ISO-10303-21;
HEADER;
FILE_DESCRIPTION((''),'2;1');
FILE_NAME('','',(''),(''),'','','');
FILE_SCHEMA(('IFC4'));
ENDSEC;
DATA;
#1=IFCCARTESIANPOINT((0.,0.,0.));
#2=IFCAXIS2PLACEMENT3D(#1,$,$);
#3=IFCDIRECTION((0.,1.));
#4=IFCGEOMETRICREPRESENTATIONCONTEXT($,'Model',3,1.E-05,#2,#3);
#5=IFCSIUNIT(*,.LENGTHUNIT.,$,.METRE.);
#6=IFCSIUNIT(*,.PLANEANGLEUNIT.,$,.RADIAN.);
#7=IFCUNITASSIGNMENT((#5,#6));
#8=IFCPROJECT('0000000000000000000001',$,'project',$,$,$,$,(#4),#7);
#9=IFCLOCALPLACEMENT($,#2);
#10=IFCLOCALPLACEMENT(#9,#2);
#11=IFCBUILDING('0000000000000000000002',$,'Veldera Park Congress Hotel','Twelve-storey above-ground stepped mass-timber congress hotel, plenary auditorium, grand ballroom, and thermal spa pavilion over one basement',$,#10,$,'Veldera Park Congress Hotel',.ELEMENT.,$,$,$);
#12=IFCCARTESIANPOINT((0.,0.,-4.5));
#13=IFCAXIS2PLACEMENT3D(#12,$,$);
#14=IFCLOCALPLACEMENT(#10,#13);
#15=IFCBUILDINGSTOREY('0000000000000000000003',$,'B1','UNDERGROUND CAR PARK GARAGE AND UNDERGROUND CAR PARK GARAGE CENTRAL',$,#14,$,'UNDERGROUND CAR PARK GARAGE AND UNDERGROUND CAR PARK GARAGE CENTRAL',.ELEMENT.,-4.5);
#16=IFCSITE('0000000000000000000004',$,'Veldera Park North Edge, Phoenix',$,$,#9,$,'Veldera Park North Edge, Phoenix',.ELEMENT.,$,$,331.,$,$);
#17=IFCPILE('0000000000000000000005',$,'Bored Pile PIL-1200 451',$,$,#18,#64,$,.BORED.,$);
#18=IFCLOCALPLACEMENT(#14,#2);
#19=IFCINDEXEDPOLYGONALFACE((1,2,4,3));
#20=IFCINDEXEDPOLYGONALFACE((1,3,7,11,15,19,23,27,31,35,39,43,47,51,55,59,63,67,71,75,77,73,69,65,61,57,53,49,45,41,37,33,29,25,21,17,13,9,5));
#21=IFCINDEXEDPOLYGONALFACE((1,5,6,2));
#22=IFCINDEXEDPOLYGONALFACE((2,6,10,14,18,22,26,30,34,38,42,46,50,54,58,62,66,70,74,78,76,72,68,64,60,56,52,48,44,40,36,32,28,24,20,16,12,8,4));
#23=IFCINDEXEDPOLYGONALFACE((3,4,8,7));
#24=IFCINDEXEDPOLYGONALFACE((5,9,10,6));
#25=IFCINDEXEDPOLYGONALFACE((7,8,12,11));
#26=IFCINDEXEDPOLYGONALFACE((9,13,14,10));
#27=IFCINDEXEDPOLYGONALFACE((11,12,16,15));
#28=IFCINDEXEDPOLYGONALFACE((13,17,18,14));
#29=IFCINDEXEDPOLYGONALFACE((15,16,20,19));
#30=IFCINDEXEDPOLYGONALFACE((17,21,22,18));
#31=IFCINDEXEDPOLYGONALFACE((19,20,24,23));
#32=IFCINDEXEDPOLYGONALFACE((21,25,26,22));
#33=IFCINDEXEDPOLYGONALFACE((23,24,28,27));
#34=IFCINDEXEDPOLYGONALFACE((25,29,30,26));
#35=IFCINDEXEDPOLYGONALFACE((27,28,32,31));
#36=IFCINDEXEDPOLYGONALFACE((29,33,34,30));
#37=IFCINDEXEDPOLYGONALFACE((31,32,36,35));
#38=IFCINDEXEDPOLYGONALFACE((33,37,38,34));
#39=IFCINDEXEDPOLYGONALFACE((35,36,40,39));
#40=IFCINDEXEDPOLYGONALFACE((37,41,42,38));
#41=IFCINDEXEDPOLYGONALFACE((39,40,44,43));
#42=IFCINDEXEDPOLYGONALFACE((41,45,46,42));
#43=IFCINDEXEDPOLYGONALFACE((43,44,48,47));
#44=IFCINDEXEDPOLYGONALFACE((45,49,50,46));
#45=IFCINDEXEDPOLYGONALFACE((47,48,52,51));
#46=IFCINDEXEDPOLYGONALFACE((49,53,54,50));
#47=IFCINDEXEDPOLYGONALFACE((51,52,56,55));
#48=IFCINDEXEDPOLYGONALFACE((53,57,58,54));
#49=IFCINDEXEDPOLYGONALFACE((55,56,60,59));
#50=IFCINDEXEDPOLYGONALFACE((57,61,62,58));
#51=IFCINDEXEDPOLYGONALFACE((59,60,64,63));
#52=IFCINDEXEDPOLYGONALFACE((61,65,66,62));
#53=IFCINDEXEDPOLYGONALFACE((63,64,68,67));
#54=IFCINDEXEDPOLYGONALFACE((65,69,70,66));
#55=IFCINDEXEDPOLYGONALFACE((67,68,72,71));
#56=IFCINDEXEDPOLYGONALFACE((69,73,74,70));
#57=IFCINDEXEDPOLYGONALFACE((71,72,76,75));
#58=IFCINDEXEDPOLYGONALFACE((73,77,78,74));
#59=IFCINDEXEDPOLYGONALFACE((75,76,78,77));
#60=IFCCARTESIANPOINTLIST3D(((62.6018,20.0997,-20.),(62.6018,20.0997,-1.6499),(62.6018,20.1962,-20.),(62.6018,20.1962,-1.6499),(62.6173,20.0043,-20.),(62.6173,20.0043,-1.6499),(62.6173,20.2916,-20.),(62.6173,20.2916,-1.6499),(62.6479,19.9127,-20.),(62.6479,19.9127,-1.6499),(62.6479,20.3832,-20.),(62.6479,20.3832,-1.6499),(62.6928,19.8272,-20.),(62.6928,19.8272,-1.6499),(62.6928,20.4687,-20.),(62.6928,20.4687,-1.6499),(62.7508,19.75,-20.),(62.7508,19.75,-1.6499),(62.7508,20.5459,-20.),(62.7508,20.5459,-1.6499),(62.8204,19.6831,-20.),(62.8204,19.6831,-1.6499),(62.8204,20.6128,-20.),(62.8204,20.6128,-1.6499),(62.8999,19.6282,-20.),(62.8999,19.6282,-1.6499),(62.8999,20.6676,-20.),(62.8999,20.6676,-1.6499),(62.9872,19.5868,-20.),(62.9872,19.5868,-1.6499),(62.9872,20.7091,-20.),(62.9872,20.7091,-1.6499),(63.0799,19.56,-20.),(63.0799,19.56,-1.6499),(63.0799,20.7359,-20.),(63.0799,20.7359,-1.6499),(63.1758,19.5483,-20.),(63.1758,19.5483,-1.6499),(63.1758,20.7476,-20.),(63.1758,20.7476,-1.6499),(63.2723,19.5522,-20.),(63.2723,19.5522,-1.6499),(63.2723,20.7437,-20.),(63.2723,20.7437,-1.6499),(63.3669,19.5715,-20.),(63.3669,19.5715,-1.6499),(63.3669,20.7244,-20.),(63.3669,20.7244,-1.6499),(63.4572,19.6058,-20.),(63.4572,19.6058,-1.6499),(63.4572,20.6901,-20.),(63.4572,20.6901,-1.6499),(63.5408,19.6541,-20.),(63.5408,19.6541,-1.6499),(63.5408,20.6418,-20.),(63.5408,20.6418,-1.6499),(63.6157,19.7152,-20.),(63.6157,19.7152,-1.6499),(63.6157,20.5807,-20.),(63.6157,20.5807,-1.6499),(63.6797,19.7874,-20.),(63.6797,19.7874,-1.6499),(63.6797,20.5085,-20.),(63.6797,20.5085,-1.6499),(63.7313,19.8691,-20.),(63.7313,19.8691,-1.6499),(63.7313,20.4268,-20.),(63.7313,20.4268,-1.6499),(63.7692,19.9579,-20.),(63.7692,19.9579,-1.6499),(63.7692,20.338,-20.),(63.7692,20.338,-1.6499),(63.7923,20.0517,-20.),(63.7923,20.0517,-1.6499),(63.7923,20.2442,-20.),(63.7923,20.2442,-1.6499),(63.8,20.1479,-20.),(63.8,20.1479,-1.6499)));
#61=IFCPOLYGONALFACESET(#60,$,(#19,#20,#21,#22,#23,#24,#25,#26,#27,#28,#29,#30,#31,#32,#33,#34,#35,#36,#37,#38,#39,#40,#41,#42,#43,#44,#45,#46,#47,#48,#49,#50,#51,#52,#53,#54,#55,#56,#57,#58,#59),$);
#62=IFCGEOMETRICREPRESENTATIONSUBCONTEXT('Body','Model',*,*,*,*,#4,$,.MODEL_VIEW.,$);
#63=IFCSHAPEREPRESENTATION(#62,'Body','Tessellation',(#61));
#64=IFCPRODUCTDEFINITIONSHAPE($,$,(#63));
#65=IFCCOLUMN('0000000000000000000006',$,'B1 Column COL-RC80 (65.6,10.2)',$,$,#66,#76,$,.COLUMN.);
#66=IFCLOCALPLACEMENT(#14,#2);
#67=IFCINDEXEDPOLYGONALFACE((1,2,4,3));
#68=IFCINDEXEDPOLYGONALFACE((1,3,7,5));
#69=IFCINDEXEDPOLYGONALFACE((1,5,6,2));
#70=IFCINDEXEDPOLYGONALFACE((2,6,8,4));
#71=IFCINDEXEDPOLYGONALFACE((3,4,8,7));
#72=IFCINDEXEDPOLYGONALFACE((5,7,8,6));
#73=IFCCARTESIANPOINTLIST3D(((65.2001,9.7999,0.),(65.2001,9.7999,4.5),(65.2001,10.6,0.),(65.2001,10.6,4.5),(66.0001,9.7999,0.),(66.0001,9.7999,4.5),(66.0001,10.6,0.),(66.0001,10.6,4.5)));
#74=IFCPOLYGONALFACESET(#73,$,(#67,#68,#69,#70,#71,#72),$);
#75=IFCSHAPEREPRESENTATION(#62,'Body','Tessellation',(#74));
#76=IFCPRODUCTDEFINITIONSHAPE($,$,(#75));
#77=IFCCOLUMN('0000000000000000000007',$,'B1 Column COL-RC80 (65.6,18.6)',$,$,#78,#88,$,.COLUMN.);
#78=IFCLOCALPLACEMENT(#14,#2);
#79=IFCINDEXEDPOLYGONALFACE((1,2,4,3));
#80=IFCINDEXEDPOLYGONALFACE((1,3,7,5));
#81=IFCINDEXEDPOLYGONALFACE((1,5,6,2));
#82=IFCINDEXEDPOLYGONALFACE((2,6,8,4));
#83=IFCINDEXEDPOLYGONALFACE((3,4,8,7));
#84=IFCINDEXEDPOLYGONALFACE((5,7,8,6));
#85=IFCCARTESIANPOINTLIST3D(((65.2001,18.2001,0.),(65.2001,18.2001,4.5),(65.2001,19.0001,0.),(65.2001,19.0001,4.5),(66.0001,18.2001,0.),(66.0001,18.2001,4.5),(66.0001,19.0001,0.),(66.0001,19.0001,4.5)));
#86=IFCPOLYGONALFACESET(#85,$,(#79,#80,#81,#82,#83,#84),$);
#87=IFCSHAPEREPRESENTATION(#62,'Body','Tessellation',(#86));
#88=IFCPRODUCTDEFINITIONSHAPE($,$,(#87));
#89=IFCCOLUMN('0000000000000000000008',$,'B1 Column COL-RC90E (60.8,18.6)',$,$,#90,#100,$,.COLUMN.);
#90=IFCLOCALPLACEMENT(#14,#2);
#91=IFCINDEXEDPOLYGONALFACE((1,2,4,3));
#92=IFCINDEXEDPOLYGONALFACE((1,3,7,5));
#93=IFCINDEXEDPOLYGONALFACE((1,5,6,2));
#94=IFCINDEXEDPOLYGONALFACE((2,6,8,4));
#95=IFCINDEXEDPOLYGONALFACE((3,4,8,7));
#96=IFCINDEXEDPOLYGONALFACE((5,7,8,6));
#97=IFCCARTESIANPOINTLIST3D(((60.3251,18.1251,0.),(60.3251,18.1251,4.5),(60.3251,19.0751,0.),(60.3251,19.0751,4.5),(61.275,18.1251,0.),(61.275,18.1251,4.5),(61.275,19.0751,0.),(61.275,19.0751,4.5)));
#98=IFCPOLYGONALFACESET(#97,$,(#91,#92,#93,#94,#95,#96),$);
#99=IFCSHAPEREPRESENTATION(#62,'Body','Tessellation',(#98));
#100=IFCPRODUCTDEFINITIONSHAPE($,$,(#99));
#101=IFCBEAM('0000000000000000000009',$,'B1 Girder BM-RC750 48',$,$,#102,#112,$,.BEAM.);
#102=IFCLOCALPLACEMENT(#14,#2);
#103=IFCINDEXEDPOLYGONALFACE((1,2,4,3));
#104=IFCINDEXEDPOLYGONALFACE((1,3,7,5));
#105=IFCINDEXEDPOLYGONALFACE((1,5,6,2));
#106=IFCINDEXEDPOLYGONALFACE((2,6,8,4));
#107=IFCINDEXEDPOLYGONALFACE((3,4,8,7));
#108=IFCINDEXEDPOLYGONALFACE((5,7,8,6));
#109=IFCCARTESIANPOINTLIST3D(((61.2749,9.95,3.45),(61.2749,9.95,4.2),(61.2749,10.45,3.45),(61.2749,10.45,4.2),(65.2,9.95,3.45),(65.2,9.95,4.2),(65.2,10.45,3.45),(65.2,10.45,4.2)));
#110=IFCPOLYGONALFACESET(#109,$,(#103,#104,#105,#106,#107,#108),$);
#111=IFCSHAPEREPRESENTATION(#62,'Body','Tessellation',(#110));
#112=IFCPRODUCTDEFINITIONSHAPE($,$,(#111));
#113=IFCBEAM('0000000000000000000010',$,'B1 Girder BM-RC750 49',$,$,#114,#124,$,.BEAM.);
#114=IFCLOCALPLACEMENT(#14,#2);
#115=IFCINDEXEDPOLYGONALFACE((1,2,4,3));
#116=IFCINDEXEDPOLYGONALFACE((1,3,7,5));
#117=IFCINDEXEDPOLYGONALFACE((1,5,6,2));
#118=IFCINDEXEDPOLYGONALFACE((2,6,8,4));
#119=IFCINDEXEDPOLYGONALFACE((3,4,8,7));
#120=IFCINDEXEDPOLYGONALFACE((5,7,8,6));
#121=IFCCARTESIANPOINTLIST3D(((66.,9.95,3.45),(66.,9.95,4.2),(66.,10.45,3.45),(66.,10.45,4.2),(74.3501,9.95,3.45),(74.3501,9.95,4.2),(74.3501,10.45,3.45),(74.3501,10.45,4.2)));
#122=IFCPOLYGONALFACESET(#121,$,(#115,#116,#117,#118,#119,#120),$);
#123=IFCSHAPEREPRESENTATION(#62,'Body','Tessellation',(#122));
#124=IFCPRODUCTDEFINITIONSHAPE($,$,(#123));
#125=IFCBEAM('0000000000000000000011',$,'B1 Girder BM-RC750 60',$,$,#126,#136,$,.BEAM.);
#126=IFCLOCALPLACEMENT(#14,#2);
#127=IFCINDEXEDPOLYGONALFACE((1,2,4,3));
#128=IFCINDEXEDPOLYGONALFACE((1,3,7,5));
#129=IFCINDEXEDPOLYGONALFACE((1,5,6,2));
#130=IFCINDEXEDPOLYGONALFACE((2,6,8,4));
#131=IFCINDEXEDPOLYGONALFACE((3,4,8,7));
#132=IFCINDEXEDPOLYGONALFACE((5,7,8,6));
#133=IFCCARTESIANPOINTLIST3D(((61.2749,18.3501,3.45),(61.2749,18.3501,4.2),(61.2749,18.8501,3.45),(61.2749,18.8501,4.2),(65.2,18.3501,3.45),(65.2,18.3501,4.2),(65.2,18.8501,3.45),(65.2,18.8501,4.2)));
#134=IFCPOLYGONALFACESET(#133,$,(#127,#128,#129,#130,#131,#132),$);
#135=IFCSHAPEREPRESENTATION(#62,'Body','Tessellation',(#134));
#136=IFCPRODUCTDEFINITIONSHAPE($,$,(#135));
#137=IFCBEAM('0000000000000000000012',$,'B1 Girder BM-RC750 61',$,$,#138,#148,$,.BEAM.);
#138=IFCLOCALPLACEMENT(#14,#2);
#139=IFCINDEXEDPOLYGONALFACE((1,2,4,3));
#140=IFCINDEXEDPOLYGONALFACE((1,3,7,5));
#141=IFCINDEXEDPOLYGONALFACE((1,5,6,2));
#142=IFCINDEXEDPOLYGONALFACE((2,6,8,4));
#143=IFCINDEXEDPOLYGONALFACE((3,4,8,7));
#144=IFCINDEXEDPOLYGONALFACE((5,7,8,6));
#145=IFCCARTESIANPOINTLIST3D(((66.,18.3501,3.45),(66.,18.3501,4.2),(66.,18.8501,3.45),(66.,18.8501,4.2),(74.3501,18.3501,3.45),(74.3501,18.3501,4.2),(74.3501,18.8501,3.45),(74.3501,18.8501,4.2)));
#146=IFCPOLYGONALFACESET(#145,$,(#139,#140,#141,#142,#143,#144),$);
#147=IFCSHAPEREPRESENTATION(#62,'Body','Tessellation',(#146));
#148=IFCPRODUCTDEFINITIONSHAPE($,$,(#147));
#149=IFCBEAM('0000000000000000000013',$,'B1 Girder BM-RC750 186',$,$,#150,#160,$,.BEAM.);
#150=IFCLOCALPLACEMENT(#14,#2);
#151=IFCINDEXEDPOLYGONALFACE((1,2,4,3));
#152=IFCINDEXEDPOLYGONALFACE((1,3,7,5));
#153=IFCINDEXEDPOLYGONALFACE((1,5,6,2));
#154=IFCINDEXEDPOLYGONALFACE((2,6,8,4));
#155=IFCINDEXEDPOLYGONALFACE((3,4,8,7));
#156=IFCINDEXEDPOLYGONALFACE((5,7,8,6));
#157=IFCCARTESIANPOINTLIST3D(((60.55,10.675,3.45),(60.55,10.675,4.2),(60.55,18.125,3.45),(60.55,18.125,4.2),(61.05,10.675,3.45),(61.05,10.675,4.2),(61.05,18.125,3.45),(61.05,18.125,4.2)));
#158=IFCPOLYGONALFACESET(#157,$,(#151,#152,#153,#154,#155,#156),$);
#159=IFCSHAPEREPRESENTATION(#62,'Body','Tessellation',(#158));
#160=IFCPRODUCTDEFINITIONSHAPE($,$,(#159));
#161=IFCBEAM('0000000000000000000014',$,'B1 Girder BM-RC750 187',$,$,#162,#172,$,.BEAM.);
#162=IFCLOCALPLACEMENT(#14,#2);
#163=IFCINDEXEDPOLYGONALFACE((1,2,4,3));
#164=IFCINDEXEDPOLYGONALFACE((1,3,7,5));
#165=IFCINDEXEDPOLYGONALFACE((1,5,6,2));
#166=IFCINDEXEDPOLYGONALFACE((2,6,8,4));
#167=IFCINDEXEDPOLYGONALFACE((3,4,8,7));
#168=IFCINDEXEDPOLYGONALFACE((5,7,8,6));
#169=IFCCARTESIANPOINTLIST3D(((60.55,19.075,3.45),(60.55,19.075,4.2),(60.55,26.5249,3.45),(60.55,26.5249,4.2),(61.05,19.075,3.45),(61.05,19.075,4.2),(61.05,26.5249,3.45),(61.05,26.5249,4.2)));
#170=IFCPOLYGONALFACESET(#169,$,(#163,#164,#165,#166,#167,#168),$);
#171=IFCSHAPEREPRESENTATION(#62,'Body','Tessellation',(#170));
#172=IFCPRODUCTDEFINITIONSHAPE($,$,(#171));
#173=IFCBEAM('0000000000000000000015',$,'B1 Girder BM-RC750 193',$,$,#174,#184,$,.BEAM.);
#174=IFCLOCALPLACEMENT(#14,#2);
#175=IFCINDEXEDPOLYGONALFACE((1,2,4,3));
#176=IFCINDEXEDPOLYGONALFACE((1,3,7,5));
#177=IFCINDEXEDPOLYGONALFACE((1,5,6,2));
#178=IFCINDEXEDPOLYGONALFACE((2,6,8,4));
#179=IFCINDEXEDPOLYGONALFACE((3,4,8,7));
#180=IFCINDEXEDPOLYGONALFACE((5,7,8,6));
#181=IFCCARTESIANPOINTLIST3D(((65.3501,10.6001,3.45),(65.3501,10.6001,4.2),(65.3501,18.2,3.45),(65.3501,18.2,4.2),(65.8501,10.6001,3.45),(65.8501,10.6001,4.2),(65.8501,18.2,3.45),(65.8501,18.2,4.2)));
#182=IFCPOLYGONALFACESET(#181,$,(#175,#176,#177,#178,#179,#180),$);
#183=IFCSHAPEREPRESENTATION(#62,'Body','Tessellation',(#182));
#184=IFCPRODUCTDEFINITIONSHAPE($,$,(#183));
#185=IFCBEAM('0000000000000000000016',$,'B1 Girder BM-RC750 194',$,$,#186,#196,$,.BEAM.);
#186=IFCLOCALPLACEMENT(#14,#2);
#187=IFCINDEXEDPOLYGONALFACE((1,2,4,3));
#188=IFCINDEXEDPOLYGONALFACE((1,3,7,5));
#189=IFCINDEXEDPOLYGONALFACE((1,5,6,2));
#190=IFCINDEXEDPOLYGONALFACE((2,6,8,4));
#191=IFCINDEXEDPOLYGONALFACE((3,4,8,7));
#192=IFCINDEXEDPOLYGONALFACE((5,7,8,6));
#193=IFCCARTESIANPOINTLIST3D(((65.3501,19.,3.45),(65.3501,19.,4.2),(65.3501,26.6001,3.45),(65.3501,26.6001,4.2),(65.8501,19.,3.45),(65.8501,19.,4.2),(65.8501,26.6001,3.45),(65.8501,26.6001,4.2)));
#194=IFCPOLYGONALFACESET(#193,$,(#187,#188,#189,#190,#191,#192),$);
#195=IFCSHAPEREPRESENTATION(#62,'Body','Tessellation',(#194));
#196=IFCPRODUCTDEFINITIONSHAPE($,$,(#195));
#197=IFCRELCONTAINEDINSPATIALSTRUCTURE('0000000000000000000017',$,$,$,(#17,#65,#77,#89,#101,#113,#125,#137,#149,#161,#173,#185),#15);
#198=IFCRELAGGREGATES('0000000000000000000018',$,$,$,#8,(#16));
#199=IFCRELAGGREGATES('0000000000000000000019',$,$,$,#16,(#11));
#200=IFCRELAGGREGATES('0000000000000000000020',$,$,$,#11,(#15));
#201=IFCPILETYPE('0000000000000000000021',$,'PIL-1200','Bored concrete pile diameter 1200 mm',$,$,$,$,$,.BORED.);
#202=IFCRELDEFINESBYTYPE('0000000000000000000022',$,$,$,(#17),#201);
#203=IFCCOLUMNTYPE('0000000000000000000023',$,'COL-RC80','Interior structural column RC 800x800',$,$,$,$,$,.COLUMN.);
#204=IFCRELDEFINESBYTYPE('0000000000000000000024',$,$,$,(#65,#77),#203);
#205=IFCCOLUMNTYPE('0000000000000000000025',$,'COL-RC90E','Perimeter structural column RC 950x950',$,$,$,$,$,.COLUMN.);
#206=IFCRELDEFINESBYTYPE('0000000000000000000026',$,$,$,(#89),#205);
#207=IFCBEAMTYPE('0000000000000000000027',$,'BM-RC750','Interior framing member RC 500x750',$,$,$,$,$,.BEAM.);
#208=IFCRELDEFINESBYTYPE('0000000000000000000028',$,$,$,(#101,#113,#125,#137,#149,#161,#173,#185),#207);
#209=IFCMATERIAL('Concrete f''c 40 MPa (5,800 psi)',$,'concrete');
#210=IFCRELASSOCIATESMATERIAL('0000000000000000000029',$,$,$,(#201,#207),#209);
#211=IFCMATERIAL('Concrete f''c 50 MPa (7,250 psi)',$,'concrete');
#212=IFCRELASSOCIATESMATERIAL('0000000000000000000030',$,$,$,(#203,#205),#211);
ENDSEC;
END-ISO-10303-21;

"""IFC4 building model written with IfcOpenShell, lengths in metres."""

from ifc_helpers import new_model, si_unit, direction, frame, origin, origin_2d, place, context, subcontext, project, spatial, rectangle, circle, extrude, material, material_profile, profile_set, type_object, element, save


model = new_model("IFC4")

# Units and contexts
model_context = context("Model", 3, precision=1e-05, world=origin(), true_north=direction((0.0, 1.0)))
body_context = subcontext(model_context, "Body", "Model", "MODEL_VIEW")
ifc_project = project(units=[si_unit("LENGTHUNIT", "METRE"), si_unit("PLANEANGLEUNIT", "RADIAN")], contexts=[model_context])

# Site, building, storey
site_placement = place(None, origin())
site = spatial("IfcSite", under=ifc_project, at=site_placement, Name="Veldera Park North Edge, Phoenix", LongName="Veldera Park North Edge, Phoenix", CompositionType="ELEMENT", RefElevation=331.0)
building_placement = place(site_placement, origin())
building = spatial("IfcBuilding", under=site, at=building_placement, Name="Veldera Park Congress Hotel", Description="Twelve-storey above-ground stepped mass-timber congress hotel, plenary auditorium, grand ballroom, and thermal spa pavilion over one basement", LongName="Veldera Park Congress Hotel", CompositionType="ELEMENT")
storey_placement = place(building_placement, frame((0.0, 0.0, -4.5)))
storey = spatial("IfcBuildingStorey", under=building, at=storey_placement, Name="B1", Description="UNDERGROUND CAR PARK GARAGE AND UNDERGROUND CAR PARK GARAGE CENTRAL", LongName="UNDERGROUND CAR PARK GARAGE AND UNDERGROUND CAR PARK GARAGE CENTRAL", CompositionType="ELEMENT", Elevation=-4.5)

# Shared definitions
ifc_material_1 = material(Name="Concrete f'c 40 MPa (5,800 psi)", Category="concrete")

# Pile
ifc_material_profile_1 = material_profile(ifc_material_1, circle(Radius=0.6001, at=origin_2d()), Name="PILE D1200")
ifc_profile_set_1 = profile_set([ifc_material_profile_1], Name="Concrete f'c 40 MPa (5,800 psi)")
pile_type = type_object("IfcPileType", Name="PIL-1200", Description="Bored concrete pile diameter 1200 mm", PredefinedType="BORED", material=ifc_profile_set_1)
for number, where, z_axis, x_axis, name in (
    (1, (63.2, 20.1479, -1.6499), (0.0, 0.0, -1.0), (1.0, 0.0, 0.0), "Bored Pile PIL-1200 451"),
):
    element("IfcPile", number, at=place(storey_placement, frame(where, z_axis=z_axis, x_axis=x_axis)), inside=storey, type_object=pile_type, Name=name, PredefinedType="BORED", context=body_context, shape_type="SweptSolid", body=[
        extrude(circle(Radius=0.6001, at=origin_2d()), origin(), (0.0, 0.0, 1.0), 18.3501),
    ])

# Columns
ifc_material_2 = material(Name="Concrete f'c 50 MPa (7,250 psi)", Category="concrete")
ifc_material_profile_2 = material_profile(ifc_material_2, rectangle(XDim=0.8, YDim=0.8, at=origin_2d()), Name="RC 800x800")
ifc_profile_set_2 = profile_set([ifc_material_profile_2], Name="Concrete f'c 50 MPa (7,250 psi)")
column_type_1 = type_object("IfcColumnType", Name="COL-RC80", Description="Interior structural column RC 800x800", PredefinedType="COLUMN", material=ifc_profile_set_2)
for number, where, z_axis, x_axis, name in (
    (2, (65.6001, 10.2, 0.0), (0.0, 0.0, 1.0), (1.0, 0.0, 0.0), "B1 Column COL-RC80 (65.6,10.2)"),
    (3, (65.6001, 18.6001, 0.0), (0.0, 0.0, 1.0), (1.0, 0.0, 0.0), "B1 Column COL-RC80 (65.6,18.6)"),
):
    element("IfcColumn", number, at=place(storey_placement, frame(where, z_axis=z_axis, x_axis=x_axis)), inside=storey, type_object=column_type_1, Name=name, PredefinedType="COLUMN", context=body_context, shape_type="SweptSolid", body=[
        extrude(rectangle(XDim=0.8, YDim=0.8, at=origin_2d()), origin(), (0.0, 0.0, 1.0), 4.5),
    ])
ifc_material_profile_3 = material_profile(ifc_material_2, rectangle(XDim=0.95, YDim=0.95, at=origin_2d()), Name="RC 950x950")
ifc_profile_set_3 = profile_set([ifc_material_profile_3], Name="Concrete f'c 50 MPa (7,250 psi)")
column_type_2 = type_object("IfcColumnType", Name="COL-RC90E", Description="Perimeter structural column RC 950x950", PredefinedType="COLUMN", material=ifc_profile_set_3)
column_placement = place(storey_placement, frame((60.8, 18.6001, 0.0), z_axis=(0.0, 0.0, 1.0), x_axis=(1.0, 0.0, 0.0)))
element("IfcColumn", 4, at=column_placement, inside=storey, type_object=column_type_2, Name="B1 Column COL-RC90E (60.8,18.6)", PredefinedType="COLUMN", context=body_context, shape_type="SweptSolid", body=[
    extrude(rectangle(XDim=0.95, YDim=0.95, at=origin_2d()), origin(), (0.0, 0.0, 1.0), 4.5),
])

# Beams
ifc_material_profile_4 = material_profile(ifc_material_1, rectangle(XDim=0.5, YDim=0.75, at=origin_2d()), Name="RC 500x750")
ifc_profile_set_4 = profile_set([ifc_material_profile_4], Name="Concrete f'c 40 MPa (5,800 psi)")
beam_type_1 = type_object("IfcBeamType", Name="BM-RC750", Description="Interior framing member RC 500x750", PredefinedType="BEAM", material=ifc_profile_set_4)
beam_1_placement = place(storey_placement, frame((61.2749, 10.2, 3.825), z_axis=(1.0, 0.0, 0.0), x_axis=(0.0, 1.0, 0.0)))
element("IfcBeam", 5, at=beam_1_placement, inside=storey, type_object=beam_type_1, Name="B1 Girder BM-RC750 48", PredefinedType="BEAM", context=body_context, shape_type="SweptSolid", body=[
    extrude(rectangle(XDim=0.5, YDim=0.75, at=origin_2d()), origin(), (0.0, 0.0, 1.0), 3.925),
])
beam_2_placement = place(storey_placement, frame((66.0, 10.2, 3.825), z_axis=(1.0, 0.0, 0.0), x_axis=(0.0, 1.0, 0.0)))
element("IfcBeam", 6, at=beam_2_placement, inside=storey, type_object=beam_type_1, Name="B1 Girder BM-RC750 49", PredefinedType="BEAM", context=body_context, shape_type="SweptSolid", body=[
    extrude(rectangle(XDim=0.5, YDim=0.75, at=origin_2d()), origin(), (0.0, 0.0, 1.0), 8.3501),
])
beam_3_placement = place(storey_placement, frame((61.2749, 18.6001, 3.825), z_axis=(1.0, 0.0, 0.0), x_axis=(0.0, 1.0, 0.0)))
element("IfcBeam", 7, at=beam_3_placement, inside=storey, type_object=beam_type_1, Name="B1 Girder BM-RC750 60", PredefinedType="BEAM", context=body_context, shape_type="SweptSolid", body=[
    extrude(rectangle(XDim=0.5, YDim=0.75, at=origin_2d()), origin(), (0.0, 0.0, 1.0), 3.925),
])
beam_4_placement = place(storey_placement, frame((66.0, 18.6001, 3.825), z_axis=(1.0, 0.0, 0.0), x_axis=(0.0, 1.0, 0.0)))
element("IfcBeam", 8, at=beam_4_placement, inside=storey, type_object=beam_type_1, Name="B1 Girder BM-RC750 61", PredefinedType="BEAM", context=body_context, shape_type="SweptSolid", body=[
    extrude(rectangle(XDim=0.5, YDim=0.75, at=origin_2d()), origin(), (0.0, 0.0, 1.0), 8.3501),
])
for number, where, z_axis, x_axis, name in (
    (9, (60.8, 10.675, 3.825), (0.0, 1.0, 0.0), (-1.0, 0.0, 0.0), "B1 Girder BM-RC750 186"),
    (10, (60.8, 19.075, 3.825), (0.0, 1.0, 0.0), (-1.0, 0.0, 0.0), "B1 Girder BM-RC750 187"),
):
    element("IfcBeam", number, at=place(storey_placement, frame(where, z_axis=z_axis, x_axis=x_axis)), inside=storey, type_object=beam_type_1, Name=name, PredefinedType="BEAM", context=body_context, shape_type="SweptSolid", body=[
        extrude(rectangle(XDim=0.5, YDim=0.75, at=origin_2d()), origin(), (0.0, 0.0, 1.0), 7.45),
    ])
beam_5_placement = place(storey_placement, frame((65.6001, 10.6001, 3.825), z_axis=(0.0, 1.0, 0.0), x_axis=(-1.0, 0.0, 0.0)))
element("IfcBeam", 11, at=beam_5_placement, inside=storey, type_object=beam_type_1, Name="B1 Girder BM-RC750 193", PredefinedType="BEAM", context=body_context, shape_type="SweptSolid", body=[
    extrude(rectangle(XDim=0.5, YDim=0.75, at=origin_2d()), origin(), (0.0, 0.0, 1.0), 7.5999),
])
beam_6_placement = place(storey_placement, frame((65.6001, 19.0, 3.825), z_axis=(0.0, 1.0, 0.0), x_axis=(-1.0, 0.0, 0.0)))
element("IfcBeam", 12, at=beam_6_placement, inside=storey, type_object=beam_type_1, Name="B1 Girder BM-RC750 194", PredefinedType="BEAM", context=body_context, shape_type="SweptSolid", body=[
    extrude(rectangle(XDim=0.5, YDim=0.75, at=origin_2d()), origin(), (0.0, 0.0, 1.0), 7.6001),
])

save(model, "model.ifc")
